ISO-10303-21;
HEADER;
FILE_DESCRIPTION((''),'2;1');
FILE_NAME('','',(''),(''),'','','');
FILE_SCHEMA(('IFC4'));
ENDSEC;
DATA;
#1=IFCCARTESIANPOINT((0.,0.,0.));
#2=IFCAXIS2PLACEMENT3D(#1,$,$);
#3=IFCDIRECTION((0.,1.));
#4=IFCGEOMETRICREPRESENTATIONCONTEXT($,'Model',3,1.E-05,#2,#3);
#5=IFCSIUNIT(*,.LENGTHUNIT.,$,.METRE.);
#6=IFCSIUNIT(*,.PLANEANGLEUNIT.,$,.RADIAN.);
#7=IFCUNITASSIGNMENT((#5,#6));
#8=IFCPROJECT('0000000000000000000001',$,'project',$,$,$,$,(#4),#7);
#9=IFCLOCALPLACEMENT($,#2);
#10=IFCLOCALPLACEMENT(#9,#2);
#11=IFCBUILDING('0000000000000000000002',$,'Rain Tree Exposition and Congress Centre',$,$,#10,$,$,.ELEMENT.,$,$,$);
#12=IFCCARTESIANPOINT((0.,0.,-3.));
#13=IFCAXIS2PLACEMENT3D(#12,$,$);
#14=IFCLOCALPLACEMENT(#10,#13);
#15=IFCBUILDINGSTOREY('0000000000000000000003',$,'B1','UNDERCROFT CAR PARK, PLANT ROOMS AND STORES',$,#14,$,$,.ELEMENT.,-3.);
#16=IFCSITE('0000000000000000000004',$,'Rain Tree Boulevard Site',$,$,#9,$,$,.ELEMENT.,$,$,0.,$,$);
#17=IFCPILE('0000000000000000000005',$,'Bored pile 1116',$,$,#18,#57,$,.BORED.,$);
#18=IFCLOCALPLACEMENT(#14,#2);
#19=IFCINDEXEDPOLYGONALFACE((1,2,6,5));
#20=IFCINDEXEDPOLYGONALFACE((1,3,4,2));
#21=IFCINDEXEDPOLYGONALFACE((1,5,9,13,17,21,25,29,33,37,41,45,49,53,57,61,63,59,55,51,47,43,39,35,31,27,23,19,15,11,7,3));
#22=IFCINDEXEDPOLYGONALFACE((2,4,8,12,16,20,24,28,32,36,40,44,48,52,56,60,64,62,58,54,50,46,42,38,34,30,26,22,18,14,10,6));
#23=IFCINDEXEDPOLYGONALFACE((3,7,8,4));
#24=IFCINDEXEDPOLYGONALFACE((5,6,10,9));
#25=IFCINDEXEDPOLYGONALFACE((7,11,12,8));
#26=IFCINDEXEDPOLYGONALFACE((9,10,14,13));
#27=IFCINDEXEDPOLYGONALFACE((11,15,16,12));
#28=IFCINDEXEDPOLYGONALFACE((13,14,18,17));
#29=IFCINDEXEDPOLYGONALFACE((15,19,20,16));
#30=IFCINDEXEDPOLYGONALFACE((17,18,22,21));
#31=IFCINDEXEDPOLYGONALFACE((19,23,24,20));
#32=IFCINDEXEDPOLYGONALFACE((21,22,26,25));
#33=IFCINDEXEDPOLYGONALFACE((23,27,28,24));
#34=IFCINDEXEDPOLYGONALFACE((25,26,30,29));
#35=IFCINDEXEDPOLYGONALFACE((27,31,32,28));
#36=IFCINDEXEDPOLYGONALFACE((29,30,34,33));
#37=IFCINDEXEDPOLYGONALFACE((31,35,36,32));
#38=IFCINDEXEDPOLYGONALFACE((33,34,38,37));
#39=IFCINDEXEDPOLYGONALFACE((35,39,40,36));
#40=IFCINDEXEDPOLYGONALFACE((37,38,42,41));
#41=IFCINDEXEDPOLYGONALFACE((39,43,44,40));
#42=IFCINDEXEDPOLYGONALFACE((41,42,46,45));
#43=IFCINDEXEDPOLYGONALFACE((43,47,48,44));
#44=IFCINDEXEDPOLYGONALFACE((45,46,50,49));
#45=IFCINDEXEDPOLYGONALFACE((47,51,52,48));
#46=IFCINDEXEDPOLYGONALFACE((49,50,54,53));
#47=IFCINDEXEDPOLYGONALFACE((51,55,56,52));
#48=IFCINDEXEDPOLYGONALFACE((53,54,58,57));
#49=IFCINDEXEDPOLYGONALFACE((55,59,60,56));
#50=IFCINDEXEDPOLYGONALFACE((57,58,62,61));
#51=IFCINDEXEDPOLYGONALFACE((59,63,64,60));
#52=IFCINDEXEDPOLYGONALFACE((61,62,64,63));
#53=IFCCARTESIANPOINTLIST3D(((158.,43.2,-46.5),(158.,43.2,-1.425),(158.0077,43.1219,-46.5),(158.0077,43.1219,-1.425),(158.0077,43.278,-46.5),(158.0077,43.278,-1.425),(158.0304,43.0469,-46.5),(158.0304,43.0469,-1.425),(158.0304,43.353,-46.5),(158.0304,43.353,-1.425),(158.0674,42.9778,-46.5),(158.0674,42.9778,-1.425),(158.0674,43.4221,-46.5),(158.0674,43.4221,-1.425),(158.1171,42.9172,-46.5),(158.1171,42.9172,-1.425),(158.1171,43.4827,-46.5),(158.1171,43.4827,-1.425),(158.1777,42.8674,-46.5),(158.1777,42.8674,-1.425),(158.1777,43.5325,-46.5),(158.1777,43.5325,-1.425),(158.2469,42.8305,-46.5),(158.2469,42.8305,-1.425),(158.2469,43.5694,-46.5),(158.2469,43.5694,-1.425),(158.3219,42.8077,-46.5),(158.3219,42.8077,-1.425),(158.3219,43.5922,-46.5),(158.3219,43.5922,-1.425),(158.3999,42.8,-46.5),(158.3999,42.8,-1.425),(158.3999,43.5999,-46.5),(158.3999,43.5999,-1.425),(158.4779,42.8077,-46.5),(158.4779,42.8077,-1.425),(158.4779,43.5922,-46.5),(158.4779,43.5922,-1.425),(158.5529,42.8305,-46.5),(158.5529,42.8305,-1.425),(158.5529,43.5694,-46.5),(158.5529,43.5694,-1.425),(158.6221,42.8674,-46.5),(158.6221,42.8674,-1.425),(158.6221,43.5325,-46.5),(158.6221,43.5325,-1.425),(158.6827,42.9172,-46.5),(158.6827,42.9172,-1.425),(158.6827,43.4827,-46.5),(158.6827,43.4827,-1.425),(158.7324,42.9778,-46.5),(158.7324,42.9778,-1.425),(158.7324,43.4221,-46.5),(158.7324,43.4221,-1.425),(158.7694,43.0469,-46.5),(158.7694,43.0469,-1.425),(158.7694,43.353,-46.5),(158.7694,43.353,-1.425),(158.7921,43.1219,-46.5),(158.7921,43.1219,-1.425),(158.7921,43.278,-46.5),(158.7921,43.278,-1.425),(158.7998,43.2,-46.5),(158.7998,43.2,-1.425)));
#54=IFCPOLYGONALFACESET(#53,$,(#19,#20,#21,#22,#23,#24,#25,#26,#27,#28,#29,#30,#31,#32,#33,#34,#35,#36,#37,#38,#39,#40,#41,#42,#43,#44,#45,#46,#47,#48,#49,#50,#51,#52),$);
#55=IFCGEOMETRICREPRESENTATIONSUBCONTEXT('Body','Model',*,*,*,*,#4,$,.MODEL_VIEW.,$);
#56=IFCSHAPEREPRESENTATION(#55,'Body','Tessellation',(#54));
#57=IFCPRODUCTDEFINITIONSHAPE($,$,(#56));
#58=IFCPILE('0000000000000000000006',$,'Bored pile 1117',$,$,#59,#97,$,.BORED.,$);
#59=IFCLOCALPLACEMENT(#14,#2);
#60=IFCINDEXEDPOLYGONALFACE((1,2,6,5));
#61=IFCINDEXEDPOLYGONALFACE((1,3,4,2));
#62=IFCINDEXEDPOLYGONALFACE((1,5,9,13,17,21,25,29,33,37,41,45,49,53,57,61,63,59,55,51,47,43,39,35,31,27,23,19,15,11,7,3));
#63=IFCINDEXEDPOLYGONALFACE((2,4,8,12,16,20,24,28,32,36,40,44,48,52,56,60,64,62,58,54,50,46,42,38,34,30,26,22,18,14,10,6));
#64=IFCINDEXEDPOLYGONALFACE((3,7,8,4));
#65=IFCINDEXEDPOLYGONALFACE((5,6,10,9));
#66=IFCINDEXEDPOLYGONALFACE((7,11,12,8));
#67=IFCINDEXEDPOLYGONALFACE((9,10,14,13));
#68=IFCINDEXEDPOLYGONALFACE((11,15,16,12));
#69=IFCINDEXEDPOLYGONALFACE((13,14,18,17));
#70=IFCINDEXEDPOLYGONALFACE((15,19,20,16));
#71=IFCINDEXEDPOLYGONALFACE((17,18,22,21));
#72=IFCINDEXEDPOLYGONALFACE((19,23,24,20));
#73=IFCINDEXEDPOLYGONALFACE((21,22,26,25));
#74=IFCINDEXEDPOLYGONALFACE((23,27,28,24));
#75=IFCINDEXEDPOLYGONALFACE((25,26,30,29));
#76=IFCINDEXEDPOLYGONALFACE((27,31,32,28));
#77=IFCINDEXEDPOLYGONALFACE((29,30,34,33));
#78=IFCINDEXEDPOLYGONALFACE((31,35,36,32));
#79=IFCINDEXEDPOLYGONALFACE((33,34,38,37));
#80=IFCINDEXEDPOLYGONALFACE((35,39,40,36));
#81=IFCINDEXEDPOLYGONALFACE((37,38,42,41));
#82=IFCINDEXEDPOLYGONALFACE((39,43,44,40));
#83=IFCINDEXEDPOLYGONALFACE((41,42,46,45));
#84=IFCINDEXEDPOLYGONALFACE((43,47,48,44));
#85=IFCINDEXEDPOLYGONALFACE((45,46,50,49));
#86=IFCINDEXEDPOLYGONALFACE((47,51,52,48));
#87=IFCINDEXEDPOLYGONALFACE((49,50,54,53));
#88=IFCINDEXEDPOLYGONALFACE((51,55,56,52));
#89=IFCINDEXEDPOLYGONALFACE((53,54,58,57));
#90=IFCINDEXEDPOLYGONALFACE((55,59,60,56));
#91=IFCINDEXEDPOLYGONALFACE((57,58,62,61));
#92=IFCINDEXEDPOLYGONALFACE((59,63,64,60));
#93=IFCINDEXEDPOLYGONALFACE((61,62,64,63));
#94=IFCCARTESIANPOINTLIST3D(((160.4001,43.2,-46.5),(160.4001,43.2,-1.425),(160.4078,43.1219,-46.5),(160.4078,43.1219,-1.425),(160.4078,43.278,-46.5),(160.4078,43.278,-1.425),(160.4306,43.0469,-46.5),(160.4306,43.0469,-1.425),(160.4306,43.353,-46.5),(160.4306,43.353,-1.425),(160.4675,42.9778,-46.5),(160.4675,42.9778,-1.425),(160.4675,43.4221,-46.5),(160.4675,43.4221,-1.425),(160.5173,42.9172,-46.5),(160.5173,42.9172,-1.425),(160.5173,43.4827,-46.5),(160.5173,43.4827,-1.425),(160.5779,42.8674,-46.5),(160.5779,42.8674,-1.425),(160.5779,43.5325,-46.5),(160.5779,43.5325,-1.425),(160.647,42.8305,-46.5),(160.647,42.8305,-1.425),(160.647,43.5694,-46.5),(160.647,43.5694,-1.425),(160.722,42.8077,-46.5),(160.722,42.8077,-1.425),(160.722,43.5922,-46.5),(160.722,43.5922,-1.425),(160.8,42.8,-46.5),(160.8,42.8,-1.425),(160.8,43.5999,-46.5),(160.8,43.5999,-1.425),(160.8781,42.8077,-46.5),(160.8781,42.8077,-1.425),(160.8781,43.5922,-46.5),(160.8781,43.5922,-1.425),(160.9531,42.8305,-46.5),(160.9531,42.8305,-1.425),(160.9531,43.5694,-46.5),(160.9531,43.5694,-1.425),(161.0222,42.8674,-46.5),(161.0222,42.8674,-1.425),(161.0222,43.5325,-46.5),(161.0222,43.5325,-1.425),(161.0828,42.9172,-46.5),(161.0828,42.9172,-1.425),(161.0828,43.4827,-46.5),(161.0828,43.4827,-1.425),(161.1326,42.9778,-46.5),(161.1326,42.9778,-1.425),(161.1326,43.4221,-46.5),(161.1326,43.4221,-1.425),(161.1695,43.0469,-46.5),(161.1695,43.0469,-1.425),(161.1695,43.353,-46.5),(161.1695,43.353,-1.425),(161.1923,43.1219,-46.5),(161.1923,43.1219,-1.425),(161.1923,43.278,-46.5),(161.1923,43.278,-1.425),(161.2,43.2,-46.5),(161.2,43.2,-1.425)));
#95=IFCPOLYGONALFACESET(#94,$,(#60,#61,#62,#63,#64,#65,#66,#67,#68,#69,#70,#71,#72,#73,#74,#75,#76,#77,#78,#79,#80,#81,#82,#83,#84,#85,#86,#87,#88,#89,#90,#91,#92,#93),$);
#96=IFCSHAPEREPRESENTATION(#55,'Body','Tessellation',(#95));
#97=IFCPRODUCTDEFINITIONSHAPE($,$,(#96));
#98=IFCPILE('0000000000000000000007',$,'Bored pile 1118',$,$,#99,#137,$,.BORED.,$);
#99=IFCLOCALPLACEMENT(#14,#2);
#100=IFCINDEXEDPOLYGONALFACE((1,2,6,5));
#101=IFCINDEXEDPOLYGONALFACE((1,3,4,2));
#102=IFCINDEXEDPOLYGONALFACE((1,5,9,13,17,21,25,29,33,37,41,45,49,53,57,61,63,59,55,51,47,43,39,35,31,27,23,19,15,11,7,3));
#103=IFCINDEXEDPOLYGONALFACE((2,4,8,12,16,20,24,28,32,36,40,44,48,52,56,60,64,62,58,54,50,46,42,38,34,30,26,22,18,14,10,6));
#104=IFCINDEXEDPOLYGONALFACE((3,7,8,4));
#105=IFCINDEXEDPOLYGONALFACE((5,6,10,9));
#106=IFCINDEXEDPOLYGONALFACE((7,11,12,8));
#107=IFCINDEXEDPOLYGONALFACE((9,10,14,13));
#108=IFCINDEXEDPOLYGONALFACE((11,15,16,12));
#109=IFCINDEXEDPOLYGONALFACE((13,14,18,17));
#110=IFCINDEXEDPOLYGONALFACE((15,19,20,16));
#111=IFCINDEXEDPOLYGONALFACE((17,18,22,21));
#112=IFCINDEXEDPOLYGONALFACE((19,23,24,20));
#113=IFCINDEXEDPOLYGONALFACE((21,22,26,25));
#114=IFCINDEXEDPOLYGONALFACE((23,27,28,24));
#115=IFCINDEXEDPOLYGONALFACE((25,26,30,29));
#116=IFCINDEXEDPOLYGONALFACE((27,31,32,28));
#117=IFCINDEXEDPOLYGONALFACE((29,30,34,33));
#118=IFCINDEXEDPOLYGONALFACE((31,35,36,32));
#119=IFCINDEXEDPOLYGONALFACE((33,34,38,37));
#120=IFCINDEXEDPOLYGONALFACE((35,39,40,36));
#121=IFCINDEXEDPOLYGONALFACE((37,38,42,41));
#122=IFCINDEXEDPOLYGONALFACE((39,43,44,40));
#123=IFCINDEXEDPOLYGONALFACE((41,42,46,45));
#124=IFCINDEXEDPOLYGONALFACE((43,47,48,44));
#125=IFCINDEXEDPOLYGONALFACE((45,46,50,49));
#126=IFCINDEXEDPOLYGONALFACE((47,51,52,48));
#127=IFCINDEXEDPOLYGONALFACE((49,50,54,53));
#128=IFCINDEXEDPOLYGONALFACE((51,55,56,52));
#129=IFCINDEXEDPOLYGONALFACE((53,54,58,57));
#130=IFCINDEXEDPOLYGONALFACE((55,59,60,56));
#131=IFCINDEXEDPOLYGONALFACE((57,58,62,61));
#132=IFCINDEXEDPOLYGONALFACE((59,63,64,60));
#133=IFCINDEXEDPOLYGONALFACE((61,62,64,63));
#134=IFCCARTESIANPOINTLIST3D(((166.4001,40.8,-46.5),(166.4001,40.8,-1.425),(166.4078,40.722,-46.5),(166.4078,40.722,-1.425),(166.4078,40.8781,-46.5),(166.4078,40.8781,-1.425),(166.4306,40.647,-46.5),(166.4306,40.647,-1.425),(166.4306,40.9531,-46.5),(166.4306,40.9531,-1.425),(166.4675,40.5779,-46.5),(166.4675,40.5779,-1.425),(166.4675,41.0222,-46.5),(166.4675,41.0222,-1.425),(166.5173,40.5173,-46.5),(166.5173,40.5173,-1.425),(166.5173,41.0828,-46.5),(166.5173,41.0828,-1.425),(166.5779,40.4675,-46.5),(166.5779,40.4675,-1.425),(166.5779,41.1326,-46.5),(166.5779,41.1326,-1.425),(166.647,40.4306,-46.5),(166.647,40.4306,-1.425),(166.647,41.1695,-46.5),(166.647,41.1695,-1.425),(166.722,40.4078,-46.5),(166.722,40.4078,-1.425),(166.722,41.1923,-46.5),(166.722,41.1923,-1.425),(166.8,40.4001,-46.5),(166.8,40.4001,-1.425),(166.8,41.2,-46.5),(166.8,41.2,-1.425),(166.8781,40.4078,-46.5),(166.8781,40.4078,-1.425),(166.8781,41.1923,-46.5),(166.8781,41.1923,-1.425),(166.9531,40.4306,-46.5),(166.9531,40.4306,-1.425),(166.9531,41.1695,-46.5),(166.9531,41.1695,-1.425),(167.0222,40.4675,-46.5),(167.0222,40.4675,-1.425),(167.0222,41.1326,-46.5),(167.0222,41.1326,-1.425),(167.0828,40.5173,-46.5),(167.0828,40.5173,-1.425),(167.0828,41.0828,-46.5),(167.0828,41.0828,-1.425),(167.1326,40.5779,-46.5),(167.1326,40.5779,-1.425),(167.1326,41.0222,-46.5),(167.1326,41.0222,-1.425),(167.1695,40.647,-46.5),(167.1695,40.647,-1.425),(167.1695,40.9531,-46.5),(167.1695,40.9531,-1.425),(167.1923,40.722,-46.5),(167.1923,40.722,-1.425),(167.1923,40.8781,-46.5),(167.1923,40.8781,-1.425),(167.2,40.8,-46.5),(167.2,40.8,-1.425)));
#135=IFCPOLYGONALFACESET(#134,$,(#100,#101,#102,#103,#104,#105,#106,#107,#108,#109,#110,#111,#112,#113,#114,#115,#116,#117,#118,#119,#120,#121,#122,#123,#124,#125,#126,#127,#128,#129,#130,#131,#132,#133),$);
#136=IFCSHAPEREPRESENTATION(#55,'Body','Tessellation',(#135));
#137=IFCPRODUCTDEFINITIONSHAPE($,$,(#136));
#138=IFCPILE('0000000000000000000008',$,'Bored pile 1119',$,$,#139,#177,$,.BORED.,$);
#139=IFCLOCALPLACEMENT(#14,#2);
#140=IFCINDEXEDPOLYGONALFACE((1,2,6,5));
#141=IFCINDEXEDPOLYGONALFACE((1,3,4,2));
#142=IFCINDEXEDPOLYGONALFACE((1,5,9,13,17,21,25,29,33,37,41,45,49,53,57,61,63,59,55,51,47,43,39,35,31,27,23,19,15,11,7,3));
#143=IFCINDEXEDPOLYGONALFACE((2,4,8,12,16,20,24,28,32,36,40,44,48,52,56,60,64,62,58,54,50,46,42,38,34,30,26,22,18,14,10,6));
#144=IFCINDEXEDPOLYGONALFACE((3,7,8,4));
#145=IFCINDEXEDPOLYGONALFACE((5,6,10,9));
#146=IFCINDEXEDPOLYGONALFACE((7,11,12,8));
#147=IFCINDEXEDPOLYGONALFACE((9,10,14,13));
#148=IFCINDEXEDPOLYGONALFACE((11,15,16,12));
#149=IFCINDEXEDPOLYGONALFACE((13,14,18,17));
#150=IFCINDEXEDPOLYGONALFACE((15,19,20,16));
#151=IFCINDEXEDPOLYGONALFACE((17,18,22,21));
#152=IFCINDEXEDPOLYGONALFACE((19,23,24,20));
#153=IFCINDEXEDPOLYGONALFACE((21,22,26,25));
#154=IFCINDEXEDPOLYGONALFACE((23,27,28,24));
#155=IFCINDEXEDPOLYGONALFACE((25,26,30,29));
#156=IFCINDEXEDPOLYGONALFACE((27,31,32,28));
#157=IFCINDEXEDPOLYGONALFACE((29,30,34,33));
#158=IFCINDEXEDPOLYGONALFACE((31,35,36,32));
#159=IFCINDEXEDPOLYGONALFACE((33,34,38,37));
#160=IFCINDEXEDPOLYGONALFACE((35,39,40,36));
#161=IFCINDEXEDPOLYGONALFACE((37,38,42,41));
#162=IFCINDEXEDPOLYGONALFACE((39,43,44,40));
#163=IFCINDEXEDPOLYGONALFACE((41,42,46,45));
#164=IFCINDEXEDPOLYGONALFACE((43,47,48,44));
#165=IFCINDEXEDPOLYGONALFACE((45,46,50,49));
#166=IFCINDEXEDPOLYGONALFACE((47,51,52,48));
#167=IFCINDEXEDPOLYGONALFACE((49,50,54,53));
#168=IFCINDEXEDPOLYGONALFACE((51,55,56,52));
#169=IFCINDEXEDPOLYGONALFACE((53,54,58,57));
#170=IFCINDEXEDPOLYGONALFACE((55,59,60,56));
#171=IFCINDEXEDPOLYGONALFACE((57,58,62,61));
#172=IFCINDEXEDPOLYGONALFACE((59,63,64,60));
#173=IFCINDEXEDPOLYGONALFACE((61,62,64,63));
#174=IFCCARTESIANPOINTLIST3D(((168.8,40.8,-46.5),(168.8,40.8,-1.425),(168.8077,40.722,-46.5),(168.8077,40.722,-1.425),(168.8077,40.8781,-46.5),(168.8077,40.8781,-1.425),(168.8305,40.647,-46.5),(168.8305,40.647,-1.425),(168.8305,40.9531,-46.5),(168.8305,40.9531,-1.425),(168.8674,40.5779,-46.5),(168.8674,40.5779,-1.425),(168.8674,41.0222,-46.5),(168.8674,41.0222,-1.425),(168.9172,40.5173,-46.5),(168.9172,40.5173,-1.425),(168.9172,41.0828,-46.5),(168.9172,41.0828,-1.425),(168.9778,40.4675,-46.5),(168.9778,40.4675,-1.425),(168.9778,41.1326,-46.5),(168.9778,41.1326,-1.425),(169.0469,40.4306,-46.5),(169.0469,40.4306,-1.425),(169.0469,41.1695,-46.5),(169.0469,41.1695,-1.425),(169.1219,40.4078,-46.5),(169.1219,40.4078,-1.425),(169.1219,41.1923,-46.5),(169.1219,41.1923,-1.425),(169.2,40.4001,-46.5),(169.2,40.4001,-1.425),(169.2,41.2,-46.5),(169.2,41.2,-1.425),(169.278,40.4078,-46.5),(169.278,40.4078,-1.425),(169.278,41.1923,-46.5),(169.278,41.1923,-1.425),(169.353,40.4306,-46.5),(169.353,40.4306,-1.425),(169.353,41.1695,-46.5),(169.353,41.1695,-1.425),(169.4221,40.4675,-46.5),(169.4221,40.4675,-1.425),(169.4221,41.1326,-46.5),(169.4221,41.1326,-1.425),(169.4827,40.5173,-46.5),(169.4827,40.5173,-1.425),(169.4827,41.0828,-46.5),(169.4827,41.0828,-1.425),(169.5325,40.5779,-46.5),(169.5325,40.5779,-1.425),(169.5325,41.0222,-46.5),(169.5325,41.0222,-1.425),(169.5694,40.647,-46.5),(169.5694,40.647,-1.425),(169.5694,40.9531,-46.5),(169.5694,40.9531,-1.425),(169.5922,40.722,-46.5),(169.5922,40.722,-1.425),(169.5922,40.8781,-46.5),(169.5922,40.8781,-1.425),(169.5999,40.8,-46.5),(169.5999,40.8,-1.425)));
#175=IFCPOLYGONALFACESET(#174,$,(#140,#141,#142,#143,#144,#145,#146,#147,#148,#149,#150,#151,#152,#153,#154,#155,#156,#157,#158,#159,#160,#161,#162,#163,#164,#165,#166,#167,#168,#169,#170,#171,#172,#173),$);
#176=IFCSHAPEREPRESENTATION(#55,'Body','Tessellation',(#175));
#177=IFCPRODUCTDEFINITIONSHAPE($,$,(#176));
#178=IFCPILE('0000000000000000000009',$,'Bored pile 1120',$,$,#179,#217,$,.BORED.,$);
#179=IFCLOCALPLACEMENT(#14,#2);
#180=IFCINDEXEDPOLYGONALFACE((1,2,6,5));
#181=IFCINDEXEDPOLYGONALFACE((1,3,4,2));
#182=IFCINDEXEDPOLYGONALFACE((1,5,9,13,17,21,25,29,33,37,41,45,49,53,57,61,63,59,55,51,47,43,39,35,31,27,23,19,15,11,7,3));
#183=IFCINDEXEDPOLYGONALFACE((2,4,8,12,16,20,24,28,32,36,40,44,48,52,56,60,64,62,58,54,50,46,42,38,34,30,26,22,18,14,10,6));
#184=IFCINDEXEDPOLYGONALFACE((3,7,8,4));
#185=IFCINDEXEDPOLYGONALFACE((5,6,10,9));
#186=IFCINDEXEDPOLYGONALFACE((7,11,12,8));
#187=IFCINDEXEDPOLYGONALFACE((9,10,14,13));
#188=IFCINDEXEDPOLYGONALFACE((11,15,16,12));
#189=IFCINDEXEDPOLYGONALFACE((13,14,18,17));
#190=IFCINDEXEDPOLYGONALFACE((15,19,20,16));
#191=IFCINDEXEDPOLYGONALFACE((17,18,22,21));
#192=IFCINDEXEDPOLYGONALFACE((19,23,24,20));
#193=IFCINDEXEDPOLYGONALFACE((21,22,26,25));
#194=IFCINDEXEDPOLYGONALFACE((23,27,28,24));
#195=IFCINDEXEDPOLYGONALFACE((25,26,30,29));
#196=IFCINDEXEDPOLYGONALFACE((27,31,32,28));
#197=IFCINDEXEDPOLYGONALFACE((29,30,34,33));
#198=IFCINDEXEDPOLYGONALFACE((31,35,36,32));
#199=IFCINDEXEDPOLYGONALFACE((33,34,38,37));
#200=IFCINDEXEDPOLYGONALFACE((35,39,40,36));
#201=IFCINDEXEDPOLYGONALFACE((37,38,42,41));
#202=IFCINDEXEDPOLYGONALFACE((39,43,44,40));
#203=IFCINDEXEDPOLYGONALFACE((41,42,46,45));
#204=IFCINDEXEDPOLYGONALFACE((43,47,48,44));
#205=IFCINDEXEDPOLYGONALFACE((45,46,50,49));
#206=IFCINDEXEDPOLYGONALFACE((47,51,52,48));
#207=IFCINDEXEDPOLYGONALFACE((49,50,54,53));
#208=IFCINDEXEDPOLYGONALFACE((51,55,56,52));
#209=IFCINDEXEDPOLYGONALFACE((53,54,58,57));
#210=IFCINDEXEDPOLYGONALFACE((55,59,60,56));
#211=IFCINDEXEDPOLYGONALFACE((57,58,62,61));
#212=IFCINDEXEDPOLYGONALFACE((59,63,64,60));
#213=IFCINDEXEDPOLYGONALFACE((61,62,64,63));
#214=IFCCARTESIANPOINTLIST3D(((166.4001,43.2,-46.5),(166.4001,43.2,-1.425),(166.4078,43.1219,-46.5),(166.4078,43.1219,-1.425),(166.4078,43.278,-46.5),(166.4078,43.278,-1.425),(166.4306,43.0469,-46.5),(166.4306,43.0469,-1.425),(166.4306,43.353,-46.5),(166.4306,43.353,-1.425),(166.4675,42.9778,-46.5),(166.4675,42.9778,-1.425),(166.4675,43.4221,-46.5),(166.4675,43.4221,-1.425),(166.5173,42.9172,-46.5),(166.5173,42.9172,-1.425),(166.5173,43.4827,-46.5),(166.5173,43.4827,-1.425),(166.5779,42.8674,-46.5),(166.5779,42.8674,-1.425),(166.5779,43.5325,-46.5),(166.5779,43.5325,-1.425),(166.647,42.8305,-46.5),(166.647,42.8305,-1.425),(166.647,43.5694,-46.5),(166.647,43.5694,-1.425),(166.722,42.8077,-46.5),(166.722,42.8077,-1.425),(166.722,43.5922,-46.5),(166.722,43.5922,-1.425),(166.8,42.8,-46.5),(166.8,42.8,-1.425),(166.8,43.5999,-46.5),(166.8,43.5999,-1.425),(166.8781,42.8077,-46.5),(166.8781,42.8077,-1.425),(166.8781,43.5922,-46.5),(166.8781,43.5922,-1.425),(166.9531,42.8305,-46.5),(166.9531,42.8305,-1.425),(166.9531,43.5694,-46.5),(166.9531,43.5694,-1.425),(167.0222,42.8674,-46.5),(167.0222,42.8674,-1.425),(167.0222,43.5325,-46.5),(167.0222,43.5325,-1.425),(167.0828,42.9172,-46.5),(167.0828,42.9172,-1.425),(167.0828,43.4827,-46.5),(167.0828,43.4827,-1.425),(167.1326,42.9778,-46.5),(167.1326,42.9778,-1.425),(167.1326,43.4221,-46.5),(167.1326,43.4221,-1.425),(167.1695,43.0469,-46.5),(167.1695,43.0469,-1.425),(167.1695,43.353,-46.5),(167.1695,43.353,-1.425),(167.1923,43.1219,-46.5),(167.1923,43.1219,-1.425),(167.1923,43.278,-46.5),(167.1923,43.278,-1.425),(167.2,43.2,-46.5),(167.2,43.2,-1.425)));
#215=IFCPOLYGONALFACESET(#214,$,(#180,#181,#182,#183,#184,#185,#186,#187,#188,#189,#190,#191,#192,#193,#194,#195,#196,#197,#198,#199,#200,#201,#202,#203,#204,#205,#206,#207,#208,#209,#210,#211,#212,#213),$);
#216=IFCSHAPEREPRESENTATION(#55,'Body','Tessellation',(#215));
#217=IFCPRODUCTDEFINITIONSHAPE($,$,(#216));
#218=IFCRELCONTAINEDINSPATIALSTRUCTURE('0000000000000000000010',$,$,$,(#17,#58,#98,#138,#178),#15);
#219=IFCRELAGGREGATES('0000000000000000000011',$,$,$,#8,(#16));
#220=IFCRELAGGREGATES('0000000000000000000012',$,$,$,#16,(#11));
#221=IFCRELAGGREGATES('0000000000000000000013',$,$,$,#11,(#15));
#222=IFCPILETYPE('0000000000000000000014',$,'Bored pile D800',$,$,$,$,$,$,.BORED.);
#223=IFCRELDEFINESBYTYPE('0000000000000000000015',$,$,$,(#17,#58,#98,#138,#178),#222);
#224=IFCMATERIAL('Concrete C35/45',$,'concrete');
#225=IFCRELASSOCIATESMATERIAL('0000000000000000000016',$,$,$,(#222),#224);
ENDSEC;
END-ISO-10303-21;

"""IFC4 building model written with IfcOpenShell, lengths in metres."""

from ifc_helpers import new_model, si_unit, direction, frame, origin, origin_2d, place, context, subcontext, project, spatial, circle, extrude, material, material_profile, profile_set, type_object, element, save


model = new_model("IFC4")

# Units and contexts
model_context = context("Model", 3, precision=1e-05, world=origin(), true_north=direction((0.0, 1.0)))
body_context = subcontext(model_context, "Body", "Model", "MODEL_VIEW")
ifc_project = project(units=[si_unit("LENGTHUNIT", "METRE"), si_unit("PLANEANGLEUNIT", "RADIAN")], contexts=[model_context])

# Site, building, storey
site_placement = place(None, origin())
site = spatial("IfcSite", under=ifc_project, at=site_placement, Name="Rain Tree Boulevard Site", CompositionType="ELEMENT", RefElevation=0.0)
building_placement = place(site_placement, origin())
building = spatial("IfcBuilding", under=site, at=building_placement, Name="Rain Tree Exposition and Congress Centre", CompositionType="ELEMENT")
storey_placement = place(building_placement, frame((0.0, 0.0, -3.0)))
storey = spatial("IfcBuildingStorey", under=building, at=storey_placement, Name="B1", Description="UNDERCROFT CAR PARK, PLANT ROOMS AND STORES", CompositionType="ELEMENT", Elevation=-3.0)

# Piles
ifc_material_1 = material(Name="Concrete C35/45", Category="concrete")
ifc_material_profile_1 = material_profile(ifc_material_1, circle(Radius=0.3999, at=origin_2d()), Name="D800")
ifc_profile_set_1 = profile_set([ifc_material_profile_1], Name="Concrete C35/45")
pile_type_1 = type_object("IfcPileType", Name="Bored pile D800", PredefinedType="BORED", material=ifc_profile_set_1)
for number, where, z_axis, x_axis, name in (
    (1, (158.3999, 43.2, -1.425), (0.0, 0.0, -1.0), (1.0, 0.0, 0.0), "Bored pile 1116"),
    (2, (160.8, 43.2, -1.425), (0.0, 0.0, -1.0), (1.0, 0.0, 0.0), "Bored pile 1117"),
    (3, (166.8, 40.8, -1.425), (0.0, 0.0, -1.0), (1.0, 0.0, 0.0), "Bored pile 1118"),
    (4, (169.2, 40.8, -1.425), (0.0, 0.0, -1.0), (1.0, 0.0, 0.0), "Bored pile 1119"),
    (5, (166.8, 43.2, -1.425), (0.0, 0.0, -1.0), (1.0, 0.0, 0.0), "Bored pile 1120"),
):
    element("IfcPile", number, at=place(storey_placement, frame(where, z_axis=z_axis, x_axis=x_axis)), inside=storey, type_object=pile_type_1, Name=name, PredefinedType="BORED", context=body_context, shape_type="SweptSolid", body=[
        extrude(circle(Radius=0.3999, at=origin_2d()), origin(), (0.0, 0.0, 1.0), 45.075),
    ])

save(model, "model.ifc")
